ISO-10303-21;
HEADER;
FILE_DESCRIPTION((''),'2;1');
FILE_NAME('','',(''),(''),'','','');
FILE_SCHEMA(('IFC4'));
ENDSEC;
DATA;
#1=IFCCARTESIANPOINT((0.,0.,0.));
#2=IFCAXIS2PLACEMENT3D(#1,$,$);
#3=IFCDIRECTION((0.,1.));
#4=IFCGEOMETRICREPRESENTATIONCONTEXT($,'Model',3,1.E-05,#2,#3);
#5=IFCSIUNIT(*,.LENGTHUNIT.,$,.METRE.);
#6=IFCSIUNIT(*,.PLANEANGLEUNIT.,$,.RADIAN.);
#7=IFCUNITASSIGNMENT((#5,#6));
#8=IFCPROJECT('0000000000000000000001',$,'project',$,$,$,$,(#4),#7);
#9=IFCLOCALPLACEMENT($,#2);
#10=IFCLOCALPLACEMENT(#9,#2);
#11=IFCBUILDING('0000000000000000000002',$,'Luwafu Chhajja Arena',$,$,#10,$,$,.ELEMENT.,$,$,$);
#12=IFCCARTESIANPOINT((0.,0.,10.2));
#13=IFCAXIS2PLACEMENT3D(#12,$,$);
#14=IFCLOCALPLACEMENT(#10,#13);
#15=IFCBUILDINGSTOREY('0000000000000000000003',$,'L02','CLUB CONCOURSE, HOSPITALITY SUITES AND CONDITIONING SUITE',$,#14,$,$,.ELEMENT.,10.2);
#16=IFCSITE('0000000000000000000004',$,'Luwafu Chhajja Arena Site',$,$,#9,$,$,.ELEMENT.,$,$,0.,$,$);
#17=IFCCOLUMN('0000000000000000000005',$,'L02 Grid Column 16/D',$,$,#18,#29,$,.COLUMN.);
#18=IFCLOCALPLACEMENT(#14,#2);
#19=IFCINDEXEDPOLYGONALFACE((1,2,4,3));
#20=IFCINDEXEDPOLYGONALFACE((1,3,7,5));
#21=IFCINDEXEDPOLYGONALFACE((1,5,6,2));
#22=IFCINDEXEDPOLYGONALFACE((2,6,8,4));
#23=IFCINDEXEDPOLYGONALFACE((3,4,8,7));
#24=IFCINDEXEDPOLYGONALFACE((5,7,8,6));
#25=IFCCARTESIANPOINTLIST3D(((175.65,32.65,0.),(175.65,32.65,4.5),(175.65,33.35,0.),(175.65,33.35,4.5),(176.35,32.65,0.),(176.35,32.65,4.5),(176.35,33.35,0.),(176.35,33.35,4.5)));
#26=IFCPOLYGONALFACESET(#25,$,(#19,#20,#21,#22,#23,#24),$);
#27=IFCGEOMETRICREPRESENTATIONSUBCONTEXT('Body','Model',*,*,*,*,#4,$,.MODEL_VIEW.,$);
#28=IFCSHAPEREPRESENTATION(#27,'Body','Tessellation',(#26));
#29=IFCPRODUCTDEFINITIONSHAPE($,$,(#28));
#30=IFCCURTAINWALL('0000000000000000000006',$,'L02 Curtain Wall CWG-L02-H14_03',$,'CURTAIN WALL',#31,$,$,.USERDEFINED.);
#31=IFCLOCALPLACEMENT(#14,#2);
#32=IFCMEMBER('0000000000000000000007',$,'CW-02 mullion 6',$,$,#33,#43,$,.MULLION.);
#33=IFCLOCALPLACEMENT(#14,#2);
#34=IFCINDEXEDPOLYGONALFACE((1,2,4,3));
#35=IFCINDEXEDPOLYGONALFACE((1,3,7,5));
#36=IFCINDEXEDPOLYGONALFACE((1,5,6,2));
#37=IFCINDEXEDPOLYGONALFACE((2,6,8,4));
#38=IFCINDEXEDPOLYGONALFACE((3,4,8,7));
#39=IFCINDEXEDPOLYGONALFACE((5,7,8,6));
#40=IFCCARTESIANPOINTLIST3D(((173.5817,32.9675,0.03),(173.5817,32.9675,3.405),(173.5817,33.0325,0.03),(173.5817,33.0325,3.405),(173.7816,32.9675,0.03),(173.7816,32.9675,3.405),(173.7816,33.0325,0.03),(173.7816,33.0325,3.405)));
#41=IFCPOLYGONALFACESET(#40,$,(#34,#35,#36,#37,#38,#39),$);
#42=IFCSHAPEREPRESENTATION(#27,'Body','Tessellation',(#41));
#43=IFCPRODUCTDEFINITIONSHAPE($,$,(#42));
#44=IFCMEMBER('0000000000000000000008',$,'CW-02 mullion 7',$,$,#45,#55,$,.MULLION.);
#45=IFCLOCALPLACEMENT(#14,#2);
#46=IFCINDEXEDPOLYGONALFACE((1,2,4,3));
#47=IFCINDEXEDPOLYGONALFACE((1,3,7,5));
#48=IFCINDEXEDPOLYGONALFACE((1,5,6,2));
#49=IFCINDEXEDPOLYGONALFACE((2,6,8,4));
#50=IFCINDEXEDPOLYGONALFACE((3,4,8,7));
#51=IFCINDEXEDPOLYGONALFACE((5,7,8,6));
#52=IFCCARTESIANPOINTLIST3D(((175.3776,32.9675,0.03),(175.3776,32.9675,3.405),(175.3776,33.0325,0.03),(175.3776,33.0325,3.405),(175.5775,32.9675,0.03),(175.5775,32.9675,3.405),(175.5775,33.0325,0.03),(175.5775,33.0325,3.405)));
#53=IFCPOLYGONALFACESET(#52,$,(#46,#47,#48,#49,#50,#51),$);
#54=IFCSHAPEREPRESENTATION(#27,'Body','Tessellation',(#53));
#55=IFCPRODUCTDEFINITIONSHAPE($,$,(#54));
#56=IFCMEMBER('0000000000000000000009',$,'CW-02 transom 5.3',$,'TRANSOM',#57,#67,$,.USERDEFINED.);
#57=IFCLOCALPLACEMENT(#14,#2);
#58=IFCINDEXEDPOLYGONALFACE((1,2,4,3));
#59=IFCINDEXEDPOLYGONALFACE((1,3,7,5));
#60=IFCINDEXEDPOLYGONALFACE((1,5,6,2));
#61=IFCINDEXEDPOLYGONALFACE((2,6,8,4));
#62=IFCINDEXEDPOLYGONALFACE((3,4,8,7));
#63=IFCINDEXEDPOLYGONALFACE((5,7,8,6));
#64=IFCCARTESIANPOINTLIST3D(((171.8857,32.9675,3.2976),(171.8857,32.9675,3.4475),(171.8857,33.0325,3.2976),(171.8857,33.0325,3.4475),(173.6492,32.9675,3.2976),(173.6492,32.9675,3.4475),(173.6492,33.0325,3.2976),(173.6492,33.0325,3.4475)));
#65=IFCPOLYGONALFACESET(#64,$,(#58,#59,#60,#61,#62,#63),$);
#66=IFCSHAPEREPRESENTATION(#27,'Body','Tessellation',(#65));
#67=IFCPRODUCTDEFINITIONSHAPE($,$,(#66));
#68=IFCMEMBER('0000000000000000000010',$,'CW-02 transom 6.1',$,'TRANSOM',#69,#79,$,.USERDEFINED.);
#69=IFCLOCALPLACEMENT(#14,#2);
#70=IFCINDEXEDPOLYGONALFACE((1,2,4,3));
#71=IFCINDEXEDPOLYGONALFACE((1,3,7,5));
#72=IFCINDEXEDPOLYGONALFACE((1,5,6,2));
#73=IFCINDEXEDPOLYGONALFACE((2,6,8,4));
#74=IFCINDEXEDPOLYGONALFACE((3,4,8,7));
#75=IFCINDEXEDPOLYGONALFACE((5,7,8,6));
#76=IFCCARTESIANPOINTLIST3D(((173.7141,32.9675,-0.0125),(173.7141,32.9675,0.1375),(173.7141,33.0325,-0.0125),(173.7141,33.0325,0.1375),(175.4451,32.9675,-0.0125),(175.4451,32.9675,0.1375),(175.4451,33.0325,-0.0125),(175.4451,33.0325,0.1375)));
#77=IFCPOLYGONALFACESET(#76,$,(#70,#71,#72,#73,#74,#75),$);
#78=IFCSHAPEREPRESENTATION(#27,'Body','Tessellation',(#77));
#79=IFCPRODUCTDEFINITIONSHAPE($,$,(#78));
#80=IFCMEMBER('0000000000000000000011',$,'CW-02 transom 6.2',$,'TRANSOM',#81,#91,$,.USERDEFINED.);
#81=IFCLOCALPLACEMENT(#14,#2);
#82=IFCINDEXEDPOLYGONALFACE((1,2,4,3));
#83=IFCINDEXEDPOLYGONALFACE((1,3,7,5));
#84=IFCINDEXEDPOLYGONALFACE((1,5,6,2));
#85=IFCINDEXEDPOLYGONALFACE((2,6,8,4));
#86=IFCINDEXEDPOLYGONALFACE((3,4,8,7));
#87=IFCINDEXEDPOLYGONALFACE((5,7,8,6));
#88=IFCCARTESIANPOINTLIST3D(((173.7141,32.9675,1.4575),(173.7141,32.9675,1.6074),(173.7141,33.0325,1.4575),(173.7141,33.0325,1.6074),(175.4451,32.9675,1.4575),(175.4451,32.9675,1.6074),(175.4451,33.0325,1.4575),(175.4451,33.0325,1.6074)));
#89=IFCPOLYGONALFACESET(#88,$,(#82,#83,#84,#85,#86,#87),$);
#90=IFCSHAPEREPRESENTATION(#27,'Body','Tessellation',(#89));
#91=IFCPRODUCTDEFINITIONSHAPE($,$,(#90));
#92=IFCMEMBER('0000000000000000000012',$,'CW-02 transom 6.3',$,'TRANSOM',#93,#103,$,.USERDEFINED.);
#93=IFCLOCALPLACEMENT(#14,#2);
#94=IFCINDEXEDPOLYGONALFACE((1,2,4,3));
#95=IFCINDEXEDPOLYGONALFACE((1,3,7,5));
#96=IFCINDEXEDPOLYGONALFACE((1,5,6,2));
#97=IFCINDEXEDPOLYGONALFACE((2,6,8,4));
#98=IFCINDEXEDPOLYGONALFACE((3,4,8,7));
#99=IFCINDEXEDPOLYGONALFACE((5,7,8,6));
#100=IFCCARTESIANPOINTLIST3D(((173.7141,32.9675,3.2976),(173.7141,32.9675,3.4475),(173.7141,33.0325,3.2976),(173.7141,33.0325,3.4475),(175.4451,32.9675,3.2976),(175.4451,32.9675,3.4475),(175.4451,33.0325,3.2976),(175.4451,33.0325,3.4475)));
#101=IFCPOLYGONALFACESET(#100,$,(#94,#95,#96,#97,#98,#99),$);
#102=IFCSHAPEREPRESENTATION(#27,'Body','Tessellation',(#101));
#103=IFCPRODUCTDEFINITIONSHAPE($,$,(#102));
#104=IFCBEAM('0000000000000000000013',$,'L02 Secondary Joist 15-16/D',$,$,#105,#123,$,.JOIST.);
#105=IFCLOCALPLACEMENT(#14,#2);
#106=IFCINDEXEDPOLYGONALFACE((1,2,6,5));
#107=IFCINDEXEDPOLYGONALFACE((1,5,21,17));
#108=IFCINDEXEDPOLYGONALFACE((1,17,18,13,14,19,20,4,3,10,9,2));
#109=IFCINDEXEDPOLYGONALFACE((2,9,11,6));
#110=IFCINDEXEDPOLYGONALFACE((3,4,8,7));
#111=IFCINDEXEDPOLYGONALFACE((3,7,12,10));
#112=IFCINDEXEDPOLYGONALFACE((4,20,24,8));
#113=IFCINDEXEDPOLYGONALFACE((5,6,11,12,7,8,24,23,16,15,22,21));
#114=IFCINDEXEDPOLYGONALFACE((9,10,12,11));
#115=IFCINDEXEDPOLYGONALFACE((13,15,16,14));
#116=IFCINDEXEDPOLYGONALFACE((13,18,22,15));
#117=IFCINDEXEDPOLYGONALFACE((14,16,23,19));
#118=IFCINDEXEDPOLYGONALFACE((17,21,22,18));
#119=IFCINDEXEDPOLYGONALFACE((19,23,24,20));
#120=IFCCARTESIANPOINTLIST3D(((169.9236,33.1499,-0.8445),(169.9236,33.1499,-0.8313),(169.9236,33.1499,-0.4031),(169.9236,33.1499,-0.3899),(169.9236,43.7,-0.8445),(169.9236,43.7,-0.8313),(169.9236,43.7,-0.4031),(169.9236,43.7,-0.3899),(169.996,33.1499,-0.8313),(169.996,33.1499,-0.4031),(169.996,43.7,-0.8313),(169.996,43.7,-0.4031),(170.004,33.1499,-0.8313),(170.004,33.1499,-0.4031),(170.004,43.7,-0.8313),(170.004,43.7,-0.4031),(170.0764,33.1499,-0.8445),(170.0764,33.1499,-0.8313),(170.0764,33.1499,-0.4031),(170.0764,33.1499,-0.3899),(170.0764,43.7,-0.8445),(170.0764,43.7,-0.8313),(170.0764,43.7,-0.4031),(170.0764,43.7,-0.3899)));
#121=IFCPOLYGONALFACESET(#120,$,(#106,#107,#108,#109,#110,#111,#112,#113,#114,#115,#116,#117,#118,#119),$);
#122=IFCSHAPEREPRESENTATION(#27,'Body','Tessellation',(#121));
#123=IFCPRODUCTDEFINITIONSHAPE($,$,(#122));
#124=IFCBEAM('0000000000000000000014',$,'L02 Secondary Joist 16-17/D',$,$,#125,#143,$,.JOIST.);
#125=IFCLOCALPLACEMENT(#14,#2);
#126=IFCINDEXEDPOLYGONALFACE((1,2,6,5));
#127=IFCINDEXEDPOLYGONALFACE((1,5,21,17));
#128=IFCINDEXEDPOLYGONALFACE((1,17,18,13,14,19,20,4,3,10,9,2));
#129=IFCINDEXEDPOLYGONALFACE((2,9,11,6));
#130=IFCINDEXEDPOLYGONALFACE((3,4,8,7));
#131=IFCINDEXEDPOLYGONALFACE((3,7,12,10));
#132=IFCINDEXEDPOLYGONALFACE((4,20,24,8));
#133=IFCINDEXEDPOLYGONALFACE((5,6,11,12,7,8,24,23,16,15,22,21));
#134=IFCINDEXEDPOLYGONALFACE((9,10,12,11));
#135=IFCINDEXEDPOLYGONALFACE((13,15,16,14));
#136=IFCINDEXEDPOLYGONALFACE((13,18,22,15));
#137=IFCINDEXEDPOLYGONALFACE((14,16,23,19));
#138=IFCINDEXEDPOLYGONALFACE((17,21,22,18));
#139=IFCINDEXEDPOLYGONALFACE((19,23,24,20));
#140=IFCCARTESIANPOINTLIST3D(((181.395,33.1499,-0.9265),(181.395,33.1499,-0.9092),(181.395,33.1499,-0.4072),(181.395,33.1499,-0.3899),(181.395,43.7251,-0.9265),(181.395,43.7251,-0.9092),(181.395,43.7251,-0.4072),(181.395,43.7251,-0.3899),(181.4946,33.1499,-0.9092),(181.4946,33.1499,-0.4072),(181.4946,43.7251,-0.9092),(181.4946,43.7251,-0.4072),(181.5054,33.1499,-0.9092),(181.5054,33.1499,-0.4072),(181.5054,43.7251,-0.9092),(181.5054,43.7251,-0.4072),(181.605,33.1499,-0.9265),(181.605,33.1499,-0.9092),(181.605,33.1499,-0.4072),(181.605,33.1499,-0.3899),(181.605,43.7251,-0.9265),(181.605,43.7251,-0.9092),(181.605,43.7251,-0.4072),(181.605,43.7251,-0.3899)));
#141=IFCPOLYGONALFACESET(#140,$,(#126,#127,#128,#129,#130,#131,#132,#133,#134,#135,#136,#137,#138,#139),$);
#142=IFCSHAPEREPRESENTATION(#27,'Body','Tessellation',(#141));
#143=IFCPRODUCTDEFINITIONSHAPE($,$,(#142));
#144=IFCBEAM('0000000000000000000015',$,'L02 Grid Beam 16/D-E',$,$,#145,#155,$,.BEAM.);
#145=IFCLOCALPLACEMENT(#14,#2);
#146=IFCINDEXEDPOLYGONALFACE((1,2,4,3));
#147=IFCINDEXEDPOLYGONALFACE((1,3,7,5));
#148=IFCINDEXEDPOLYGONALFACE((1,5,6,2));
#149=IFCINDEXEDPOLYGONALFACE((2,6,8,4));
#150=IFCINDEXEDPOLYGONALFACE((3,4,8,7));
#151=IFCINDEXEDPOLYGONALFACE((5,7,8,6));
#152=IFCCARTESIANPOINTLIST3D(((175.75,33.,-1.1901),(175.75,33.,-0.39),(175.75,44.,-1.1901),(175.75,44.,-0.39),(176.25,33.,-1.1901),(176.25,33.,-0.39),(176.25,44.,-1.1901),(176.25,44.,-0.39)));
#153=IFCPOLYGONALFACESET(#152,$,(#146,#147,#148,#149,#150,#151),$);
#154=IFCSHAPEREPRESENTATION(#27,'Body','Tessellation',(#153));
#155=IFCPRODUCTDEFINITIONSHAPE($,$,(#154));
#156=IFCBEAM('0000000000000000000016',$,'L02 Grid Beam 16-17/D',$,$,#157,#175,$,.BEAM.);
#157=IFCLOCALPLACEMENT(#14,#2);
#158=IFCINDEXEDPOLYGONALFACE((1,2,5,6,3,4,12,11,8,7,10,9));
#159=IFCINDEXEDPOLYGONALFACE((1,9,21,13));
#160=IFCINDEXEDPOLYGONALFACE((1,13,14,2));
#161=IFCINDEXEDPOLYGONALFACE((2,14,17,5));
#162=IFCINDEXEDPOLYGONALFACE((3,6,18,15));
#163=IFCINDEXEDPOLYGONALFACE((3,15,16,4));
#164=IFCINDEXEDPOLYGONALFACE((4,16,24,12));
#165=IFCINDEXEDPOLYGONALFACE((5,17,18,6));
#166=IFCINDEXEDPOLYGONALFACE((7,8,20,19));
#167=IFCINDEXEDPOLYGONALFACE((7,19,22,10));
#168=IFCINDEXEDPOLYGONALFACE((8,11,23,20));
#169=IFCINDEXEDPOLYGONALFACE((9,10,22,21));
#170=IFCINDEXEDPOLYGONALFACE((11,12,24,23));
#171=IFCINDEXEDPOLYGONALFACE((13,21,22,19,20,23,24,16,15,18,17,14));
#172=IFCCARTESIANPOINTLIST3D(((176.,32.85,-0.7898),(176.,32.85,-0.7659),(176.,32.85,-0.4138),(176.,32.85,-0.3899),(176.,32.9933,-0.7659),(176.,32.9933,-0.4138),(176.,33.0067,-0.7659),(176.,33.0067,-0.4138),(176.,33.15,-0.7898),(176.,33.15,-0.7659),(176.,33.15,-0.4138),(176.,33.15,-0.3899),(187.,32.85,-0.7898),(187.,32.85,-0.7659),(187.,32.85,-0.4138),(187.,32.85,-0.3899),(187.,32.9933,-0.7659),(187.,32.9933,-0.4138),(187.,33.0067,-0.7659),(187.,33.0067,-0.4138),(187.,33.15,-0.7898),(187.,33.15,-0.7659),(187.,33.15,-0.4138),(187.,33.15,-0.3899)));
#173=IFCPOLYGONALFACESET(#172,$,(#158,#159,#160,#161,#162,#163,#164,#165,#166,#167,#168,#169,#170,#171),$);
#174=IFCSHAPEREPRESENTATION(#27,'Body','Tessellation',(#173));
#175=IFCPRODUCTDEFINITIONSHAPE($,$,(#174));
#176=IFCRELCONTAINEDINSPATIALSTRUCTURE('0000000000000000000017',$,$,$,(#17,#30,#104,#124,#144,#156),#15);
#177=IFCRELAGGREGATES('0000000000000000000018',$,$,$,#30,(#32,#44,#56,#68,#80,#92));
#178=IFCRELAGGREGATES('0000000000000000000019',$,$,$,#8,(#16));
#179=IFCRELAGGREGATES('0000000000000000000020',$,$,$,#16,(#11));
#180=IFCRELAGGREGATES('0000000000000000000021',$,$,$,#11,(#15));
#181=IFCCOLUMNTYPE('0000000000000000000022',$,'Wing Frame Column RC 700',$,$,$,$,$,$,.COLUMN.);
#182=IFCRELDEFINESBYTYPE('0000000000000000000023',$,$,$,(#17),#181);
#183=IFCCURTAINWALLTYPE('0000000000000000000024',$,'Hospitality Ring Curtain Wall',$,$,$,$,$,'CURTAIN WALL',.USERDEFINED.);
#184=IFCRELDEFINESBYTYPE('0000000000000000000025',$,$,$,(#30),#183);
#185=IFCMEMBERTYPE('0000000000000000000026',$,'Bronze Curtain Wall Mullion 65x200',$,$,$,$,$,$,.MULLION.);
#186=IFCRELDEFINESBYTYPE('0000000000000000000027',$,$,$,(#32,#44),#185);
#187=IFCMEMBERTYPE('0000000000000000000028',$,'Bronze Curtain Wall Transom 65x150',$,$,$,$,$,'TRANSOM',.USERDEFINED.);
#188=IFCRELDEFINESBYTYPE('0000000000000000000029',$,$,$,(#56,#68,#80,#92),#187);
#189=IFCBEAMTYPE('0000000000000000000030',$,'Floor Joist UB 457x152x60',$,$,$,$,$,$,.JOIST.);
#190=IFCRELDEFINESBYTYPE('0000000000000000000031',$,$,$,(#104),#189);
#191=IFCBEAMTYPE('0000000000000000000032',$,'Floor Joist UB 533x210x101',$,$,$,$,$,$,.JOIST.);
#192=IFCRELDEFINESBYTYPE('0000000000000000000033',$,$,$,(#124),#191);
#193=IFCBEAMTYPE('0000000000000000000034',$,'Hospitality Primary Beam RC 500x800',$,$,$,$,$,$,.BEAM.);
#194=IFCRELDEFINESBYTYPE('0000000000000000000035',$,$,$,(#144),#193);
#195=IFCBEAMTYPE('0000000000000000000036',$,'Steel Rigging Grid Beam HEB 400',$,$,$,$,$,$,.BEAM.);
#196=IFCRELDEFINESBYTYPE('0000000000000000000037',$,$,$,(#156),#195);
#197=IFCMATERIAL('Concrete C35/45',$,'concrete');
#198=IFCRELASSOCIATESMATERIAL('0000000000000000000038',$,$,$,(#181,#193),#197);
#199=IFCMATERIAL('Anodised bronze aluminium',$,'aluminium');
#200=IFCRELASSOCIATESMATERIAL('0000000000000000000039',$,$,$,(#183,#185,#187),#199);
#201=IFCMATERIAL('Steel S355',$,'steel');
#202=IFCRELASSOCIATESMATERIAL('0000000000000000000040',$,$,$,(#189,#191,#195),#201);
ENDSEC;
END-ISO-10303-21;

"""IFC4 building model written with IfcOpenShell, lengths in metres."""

from ifc_helpers import new_model, si_unit, direction, frame, origin, origin_2d, place, context, subcontext, project, spatial, rectangle, i_section, extrude, material, material_profile, profile_set, type_object, element, aggregate, save


model = new_model("IFC4")

# Units and contexts
model_context = context("Model", 3, precision=1e-05, world=origin(), true_north=direction((0.0, 1.0)))
body_context = subcontext(model_context, "Body", "Model", "MODEL_VIEW")
ifc_project = project(units=[si_unit("LENGTHUNIT", "METRE"), si_unit("PLANEANGLEUNIT", "RADIAN")], contexts=[model_context])

# Site, building, storey
site_placement = place(None, origin())
site = spatial("IfcSite", under=ifc_project, at=site_placement, Name="Luwafu Chhajja Arena Site", CompositionType="ELEMENT", RefElevation=0.0)
building_placement = place(site_placement, origin())
building = spatial("IfcBuilding", under=site, at=building_placement, Name="Luwafu Chhajja Arena", CompositionType="ELEMENT")
storey_placement = place(building_placement, frame((0.0, 0.0, 10.2)))
storey = spatial("IfcBuildingStorey", under=building, at=storey_placement, Name="L02", Description="CLUB CONCOURSE, HOSPITALITY SUITES AND CONDITIONING SUITE", CompositionType="ELEMENT", Elevation=10.2)

# Column
ifc_material_1 = material(Name="Concrete C35/45", Category="concrete")
ifc_material_profile_1 = material_profile(ifc_material_1, rectangle(XDim=0.7, YDim=0.7, at=origin_2d()), Name="RC 700x700")
ifc_profile_set_1 = profile_set([ifc_material_profile_1], Name="Concrete C35/45")
column_type = type_object("IfcColumnType", Name="Wing Frame Column RC 700", PredefinedType="COLUMN", material=ifc_profile_set_1)
column_placement = place(storey_placement, frame((176.0, 33.0, 0.0), z_axis=(0.0, 0.0, 1.0), x_axis=(1.0, 0.0, 0.0)))
element("IfcColumn", 1, at=column_placement, inside=storey, type_object=column_type, Name="L02 Grid Column 16/D", PredefinedType="COLUMN", context=body_context, shape_type="SweptSolid", body=[
    extrude(rectangle(XDim=0.7, YDim=0.7, at=origin_2d()), origin(), (0.0, 0.0, 1.0), 4.5),
])

# Curtain wall, members
ifc_material_2 = material(Name="Anodised bronze aluminium", Category="aluminium")
curtain_wall_type = type_object("IfcCurtainWallType", Name="Hospitality Ring Curtain Wall", ElementType="CURTAIN WALL", PredefinedType="USERDEFINED", material=ifc_material_2)
curtain_wall_placement = place(storey_placement, origin())
curtain_wall = element("IfcCurtainWall", 2, at=curtain_wall_placement, inside=storey, type_object=curtain_wall_type, Name="L02 Curtain Wall CWG-L02-H14_03", ObjectType="CURTAIN WALL", PredefinedType="USERDEFINED")
ifc_material_profile_2 = material_profile(ifc_material_2, rectangle(XDim=0.0649, YDim=0.2, at=origin_2d()), Name="CWM 65x200")
ifc_profile_set_2 = profile_set([ifc_material_profile_2], Name="Anodised bronze aluminium")
member_type_1 = type_object("IfcMemberType", Name="Bronze Curtain Wall Mullion 65x200", PredefinedType="MULLION", material=ifc_profile_set_2)
member_1_placement = place(storey_placement, frame((173.6816, 33.0, 0.03), z_axis=(0.0, 0.0, 1.0), x_axis=(0.0, 1.0, 0.0)))
member_1 = element("IfcMember", 3, at=member_1_placement, type_object=member_type_1, Name="CW-02 mullion 6", PredefinedType="MULLION", context=body_context, shape_type="SweptSolid", body=[
    extrude(rectangle(XDim=0.0649, YDim=0.2, at=origin_2d()), origin(), (0.0, 0.0, 1.0), 3.375),
])
member_2_placement = place(storey_placement, frame((175.4775, 33.0, 0.03), z_axis=(0.0, 0.0, 1.0), x_axis=(0.0, 1.0, 0.0)))
member_2 = element("IfcMember", 4, at=member_2_placement, type_object=member_type_1, Name="CW-02 mullion 7", PredefinedType="MULLION", context=body_context, shape_type="SweptSolid", body=[
    extrude(rectangle(XDim=0.0649, YDim=0.2, at=origin_2d()), origin(), (0.0, 0.0, 1.0), 3.375),
])
ifc_material_profile_3 = material_profile(ifc_material_2, rectangle(XDim=0.0649, YDim=0.1499, at=origin_2d()), Name="CWT 65x150")
ifc_profile_set_3 = profile_set([ifc_material_profile_3], Name="Anodised bronze aluminium")
member_type_2 = type_object("IfcMemberType", Name="Bronze Curtain Wall Transom 65x150", ElementType="TRANSOM", PredefinedType="USERDEFINED", material=ifc_profile_set_3)
member_3_placement = place(storey_placement, frame((171.8857, 33.0, 3.3726), z_axis=(1.0, 0.0, 0.0), x_axis=(0.0, 1.0, 0.0)))
member_3 = element("IfcMember", 5, at=member_3_placement, type_object=member_type_2, Name="CW-02 transom 5.3", ObjectType="TRANSOM", PredefinedType="USERDEFINED", context=body_context, shape_type="SweptSolid", body=[
    extrude(rectangle(XDim=0.0649, YDim=0.1499, at=origin_2d()), origin(), (0.0, 0.0, 1.0), 1.7634),
])
member_4_placement = place(storey_placement, frame((173.7141, 33.0, 0.0625), z_axis=(1.0, 0.0, 0.0), x_axis=(0.0, 1.0, 0.0)))
member_4 = element("IfcMember", 6, at=member_4_placement, type_object=member_type_2, Name="CW-02 transom 6.1", ObjectType="TRANSOM", PredefinedType="USERDEFINED", context=body_context, shape_type="SweptSolid", body=[
    extrude(rectangle(XDim=0.0649, YDim=0.1499, at=origin_2d()), origin(), (0.0, 0.0, 1.0), 1.731),
])
member_5_placement = place(storey_placement, frame((173.7141, 33.0, 1.5325), z_axis=(1.0, 0.0, 0.0), x_axis=(0.0, 1.0, 0.0)))
member_5 = element("IfcMember", 7, at=member_5_placement, type_object=member_type_2, Name="CW-02 transom 6.2", ObjectType="TRANSOM", PredefinedType="USERDEFINED", context=body_context, shape_type="SweptSolid", body=[
    extrude(rectangle(XDim=0.0649, YDim=0.1499, at=origin_2d()), origin(), (0.0, 0.0, 1.0), 1.731),
])
member_6_placement = place(storey_placement, frame((173.7141, 33.0, 3.3726), z_axis=(1.0, 0.0, 0.0), x_axis=(0.0, 1.0, 0.0)))
member_6 = element("IfcMember", 8, at=member_6_placement, type_object=member_type_2, Name="CW-02 transom 6.3", ObjectType="TRANSOM", PredefinedType="USERDEFINED", context=body_context, shape_type="SweptSolid", body=[
    extrude(rectangle(XDim=0.0649, YDim=0.1499, at=origin_2d()), origin(), (0.0, 0.0, 1.0), 1.731),
])

# Beams
ifc_material_3 = material(Name="Steel S355", Category="steel")
ifc_material_profile_4 = material_profile(ifc_material_3, i_section(OverallWidth=0.1528, OverallDepth=0.4546, WebThickness=0.0081, FlangeThickness=0.0132, at=origin_2d()), Name="UB 457x152x60")
ifc_profile_set_4 = profile_set([ifc_material_profile_4], Name="Steel S355")
beam_type_1 = type_object("IfcBeamType", Name="Floor Joist UB 457x152x60", PredefinedType="JOIST", material=ifc_profile_set_4)
beam_1_placement = place(storey_placement, frame((170.0, 33.1499, -0.6172), z_axis=(0.0, 1.0, 0.0), x_axis=(-1.0, 0.0, 0.0)))
element("IfcBeam", 9, at=beam_1_placement, inside=storey, type_object=beam_type_1, Name="L02 Secondary Joist 15-16/D", PredefinedType="JOIST", context=body_context, shape_type="SweptSolid", body=[
    extrude(i_section(OverallWidth=0.1528, OverallDepth=0.4546, WebThickness=0.0081, FlangeThickness=0.0132, at=origin_2d()), origin(), (0.0, 0.0, 1.0), 10.55),
])
ifc_material_profile_5 = material_profile(ifc_material_3, i_section(OverallWidth=0.21, OverallDepth=0.5366, WebThickness=0.0107, FlangeThickness=0.0173, at=origin_2d()), Name="UB 533x210x101")
ifc_profile_set_5 = profile_set([ifc_material_profile_5], Name="Steel S355")
beam_type_2 = type_object("IfcBeamType", Name="Floor Joist UB 533x210x101", PredefinedType="JOIST", material=ifc_profile_set_5)
beam_2_placement = place(storey_placement, frame((181.5, 33.1499, -0.6582), z_axis=(0.0, 1.0, 0.0), x_axis=(-1.0, 0.0, 0.0)))
element("IfcBeam", 10, at=beam_2_placement, inside=storey, type_object=beam_type_2, Name="L02 Secondary Joist 16-17/D", PredefinedType="JOIST", context=body_context, shape_type="SweptSolid", body=[
    extrude(i_section(OverallWidth=0.21, OverallDepth=0.5366, WebThickness=0.0107, FlangeThickness=0.0173, at=origin_2d()), origin(), (0.0, 0.0, 1.0), 10.5752),
])
ifc_material_profile_6 = material_profile(ifc_material_1, rectangle(XDim=0.5, YDim=0.8, at=origin_2d()), Name="RC 500x800")
ifc_profile_set_6 = profile_set([ifc_material_profile_6], Name="Concrete C35/45")
beam_type_3 = type_object("IfcBeamType", Name="Hospitality Primary Beam RC 500x800", PredefinedType="BEAM", material=ifc_profile_set_6)
beam_3_placement = place(storey_placement, frame((176.0, 33.0, -0.79), z_axis=(0.0, 1.0, 0.0), x_axis=(-1.0, 0.0, 0.0)))
element("IfcBeam", 11, at=beam_3_placement, inside=storey, type_object=beam_type_3, Name="L02 Grid Beam 16/D-E", PredefinedType="BEAM", context=body_context, shape_type="SweptSolid", body=[
    extrude(rectangle(XDim=0.5, YDim=0.8, at=origin_2d()), origin(), (0.0, 0.0, 1.0), 11.0),
])
ifc_material_profile_7 = material_profile(ifc_material_3, i_section(OverallWidth=0.3, OverallDepth=0.3999, WebThickness=0.0134, FlangeThickness=0.0239, at=origin_2d()), Name="HEB 400")
ifc_profile_set_7 = profile_set([ifc_material_profile_7], Name="Steel S355")
beam_type_4 = type_object("IfcBeamType", Name="Steel Rigging Grid Beam HEB 400", PredefinedType="BEAM", material=ifc_profile_set_7)
beam_4_placement = place(storey_placement, frame((176.0, 33.0, -0.5898), z_axis=(1.0, 0.0, 0.0), x_axis=(0.0, 1.0, 0.0)))
element("IfcBeam", 12, at=beam_4_placement, inside=storey, type_object=beam_type_4, Name="L02 Grid Beam 16-17/D", PredefinedType="BEAM", context=body_context, shape_type="SweptSolid", body=[
    extrude(i_section(OverallWidth=0.3, OverallDepth=0.3999, WebThickness=0.0134, FlangeThickness=0.0239, at=origin_2d()), origin(), (0.0, 0.0, 1.0), 11.0),
])

aggregate(curtain_wall, [member_1, member_2, member_3, member_4, member_5, member_6])

save(model, "model.ifc")
